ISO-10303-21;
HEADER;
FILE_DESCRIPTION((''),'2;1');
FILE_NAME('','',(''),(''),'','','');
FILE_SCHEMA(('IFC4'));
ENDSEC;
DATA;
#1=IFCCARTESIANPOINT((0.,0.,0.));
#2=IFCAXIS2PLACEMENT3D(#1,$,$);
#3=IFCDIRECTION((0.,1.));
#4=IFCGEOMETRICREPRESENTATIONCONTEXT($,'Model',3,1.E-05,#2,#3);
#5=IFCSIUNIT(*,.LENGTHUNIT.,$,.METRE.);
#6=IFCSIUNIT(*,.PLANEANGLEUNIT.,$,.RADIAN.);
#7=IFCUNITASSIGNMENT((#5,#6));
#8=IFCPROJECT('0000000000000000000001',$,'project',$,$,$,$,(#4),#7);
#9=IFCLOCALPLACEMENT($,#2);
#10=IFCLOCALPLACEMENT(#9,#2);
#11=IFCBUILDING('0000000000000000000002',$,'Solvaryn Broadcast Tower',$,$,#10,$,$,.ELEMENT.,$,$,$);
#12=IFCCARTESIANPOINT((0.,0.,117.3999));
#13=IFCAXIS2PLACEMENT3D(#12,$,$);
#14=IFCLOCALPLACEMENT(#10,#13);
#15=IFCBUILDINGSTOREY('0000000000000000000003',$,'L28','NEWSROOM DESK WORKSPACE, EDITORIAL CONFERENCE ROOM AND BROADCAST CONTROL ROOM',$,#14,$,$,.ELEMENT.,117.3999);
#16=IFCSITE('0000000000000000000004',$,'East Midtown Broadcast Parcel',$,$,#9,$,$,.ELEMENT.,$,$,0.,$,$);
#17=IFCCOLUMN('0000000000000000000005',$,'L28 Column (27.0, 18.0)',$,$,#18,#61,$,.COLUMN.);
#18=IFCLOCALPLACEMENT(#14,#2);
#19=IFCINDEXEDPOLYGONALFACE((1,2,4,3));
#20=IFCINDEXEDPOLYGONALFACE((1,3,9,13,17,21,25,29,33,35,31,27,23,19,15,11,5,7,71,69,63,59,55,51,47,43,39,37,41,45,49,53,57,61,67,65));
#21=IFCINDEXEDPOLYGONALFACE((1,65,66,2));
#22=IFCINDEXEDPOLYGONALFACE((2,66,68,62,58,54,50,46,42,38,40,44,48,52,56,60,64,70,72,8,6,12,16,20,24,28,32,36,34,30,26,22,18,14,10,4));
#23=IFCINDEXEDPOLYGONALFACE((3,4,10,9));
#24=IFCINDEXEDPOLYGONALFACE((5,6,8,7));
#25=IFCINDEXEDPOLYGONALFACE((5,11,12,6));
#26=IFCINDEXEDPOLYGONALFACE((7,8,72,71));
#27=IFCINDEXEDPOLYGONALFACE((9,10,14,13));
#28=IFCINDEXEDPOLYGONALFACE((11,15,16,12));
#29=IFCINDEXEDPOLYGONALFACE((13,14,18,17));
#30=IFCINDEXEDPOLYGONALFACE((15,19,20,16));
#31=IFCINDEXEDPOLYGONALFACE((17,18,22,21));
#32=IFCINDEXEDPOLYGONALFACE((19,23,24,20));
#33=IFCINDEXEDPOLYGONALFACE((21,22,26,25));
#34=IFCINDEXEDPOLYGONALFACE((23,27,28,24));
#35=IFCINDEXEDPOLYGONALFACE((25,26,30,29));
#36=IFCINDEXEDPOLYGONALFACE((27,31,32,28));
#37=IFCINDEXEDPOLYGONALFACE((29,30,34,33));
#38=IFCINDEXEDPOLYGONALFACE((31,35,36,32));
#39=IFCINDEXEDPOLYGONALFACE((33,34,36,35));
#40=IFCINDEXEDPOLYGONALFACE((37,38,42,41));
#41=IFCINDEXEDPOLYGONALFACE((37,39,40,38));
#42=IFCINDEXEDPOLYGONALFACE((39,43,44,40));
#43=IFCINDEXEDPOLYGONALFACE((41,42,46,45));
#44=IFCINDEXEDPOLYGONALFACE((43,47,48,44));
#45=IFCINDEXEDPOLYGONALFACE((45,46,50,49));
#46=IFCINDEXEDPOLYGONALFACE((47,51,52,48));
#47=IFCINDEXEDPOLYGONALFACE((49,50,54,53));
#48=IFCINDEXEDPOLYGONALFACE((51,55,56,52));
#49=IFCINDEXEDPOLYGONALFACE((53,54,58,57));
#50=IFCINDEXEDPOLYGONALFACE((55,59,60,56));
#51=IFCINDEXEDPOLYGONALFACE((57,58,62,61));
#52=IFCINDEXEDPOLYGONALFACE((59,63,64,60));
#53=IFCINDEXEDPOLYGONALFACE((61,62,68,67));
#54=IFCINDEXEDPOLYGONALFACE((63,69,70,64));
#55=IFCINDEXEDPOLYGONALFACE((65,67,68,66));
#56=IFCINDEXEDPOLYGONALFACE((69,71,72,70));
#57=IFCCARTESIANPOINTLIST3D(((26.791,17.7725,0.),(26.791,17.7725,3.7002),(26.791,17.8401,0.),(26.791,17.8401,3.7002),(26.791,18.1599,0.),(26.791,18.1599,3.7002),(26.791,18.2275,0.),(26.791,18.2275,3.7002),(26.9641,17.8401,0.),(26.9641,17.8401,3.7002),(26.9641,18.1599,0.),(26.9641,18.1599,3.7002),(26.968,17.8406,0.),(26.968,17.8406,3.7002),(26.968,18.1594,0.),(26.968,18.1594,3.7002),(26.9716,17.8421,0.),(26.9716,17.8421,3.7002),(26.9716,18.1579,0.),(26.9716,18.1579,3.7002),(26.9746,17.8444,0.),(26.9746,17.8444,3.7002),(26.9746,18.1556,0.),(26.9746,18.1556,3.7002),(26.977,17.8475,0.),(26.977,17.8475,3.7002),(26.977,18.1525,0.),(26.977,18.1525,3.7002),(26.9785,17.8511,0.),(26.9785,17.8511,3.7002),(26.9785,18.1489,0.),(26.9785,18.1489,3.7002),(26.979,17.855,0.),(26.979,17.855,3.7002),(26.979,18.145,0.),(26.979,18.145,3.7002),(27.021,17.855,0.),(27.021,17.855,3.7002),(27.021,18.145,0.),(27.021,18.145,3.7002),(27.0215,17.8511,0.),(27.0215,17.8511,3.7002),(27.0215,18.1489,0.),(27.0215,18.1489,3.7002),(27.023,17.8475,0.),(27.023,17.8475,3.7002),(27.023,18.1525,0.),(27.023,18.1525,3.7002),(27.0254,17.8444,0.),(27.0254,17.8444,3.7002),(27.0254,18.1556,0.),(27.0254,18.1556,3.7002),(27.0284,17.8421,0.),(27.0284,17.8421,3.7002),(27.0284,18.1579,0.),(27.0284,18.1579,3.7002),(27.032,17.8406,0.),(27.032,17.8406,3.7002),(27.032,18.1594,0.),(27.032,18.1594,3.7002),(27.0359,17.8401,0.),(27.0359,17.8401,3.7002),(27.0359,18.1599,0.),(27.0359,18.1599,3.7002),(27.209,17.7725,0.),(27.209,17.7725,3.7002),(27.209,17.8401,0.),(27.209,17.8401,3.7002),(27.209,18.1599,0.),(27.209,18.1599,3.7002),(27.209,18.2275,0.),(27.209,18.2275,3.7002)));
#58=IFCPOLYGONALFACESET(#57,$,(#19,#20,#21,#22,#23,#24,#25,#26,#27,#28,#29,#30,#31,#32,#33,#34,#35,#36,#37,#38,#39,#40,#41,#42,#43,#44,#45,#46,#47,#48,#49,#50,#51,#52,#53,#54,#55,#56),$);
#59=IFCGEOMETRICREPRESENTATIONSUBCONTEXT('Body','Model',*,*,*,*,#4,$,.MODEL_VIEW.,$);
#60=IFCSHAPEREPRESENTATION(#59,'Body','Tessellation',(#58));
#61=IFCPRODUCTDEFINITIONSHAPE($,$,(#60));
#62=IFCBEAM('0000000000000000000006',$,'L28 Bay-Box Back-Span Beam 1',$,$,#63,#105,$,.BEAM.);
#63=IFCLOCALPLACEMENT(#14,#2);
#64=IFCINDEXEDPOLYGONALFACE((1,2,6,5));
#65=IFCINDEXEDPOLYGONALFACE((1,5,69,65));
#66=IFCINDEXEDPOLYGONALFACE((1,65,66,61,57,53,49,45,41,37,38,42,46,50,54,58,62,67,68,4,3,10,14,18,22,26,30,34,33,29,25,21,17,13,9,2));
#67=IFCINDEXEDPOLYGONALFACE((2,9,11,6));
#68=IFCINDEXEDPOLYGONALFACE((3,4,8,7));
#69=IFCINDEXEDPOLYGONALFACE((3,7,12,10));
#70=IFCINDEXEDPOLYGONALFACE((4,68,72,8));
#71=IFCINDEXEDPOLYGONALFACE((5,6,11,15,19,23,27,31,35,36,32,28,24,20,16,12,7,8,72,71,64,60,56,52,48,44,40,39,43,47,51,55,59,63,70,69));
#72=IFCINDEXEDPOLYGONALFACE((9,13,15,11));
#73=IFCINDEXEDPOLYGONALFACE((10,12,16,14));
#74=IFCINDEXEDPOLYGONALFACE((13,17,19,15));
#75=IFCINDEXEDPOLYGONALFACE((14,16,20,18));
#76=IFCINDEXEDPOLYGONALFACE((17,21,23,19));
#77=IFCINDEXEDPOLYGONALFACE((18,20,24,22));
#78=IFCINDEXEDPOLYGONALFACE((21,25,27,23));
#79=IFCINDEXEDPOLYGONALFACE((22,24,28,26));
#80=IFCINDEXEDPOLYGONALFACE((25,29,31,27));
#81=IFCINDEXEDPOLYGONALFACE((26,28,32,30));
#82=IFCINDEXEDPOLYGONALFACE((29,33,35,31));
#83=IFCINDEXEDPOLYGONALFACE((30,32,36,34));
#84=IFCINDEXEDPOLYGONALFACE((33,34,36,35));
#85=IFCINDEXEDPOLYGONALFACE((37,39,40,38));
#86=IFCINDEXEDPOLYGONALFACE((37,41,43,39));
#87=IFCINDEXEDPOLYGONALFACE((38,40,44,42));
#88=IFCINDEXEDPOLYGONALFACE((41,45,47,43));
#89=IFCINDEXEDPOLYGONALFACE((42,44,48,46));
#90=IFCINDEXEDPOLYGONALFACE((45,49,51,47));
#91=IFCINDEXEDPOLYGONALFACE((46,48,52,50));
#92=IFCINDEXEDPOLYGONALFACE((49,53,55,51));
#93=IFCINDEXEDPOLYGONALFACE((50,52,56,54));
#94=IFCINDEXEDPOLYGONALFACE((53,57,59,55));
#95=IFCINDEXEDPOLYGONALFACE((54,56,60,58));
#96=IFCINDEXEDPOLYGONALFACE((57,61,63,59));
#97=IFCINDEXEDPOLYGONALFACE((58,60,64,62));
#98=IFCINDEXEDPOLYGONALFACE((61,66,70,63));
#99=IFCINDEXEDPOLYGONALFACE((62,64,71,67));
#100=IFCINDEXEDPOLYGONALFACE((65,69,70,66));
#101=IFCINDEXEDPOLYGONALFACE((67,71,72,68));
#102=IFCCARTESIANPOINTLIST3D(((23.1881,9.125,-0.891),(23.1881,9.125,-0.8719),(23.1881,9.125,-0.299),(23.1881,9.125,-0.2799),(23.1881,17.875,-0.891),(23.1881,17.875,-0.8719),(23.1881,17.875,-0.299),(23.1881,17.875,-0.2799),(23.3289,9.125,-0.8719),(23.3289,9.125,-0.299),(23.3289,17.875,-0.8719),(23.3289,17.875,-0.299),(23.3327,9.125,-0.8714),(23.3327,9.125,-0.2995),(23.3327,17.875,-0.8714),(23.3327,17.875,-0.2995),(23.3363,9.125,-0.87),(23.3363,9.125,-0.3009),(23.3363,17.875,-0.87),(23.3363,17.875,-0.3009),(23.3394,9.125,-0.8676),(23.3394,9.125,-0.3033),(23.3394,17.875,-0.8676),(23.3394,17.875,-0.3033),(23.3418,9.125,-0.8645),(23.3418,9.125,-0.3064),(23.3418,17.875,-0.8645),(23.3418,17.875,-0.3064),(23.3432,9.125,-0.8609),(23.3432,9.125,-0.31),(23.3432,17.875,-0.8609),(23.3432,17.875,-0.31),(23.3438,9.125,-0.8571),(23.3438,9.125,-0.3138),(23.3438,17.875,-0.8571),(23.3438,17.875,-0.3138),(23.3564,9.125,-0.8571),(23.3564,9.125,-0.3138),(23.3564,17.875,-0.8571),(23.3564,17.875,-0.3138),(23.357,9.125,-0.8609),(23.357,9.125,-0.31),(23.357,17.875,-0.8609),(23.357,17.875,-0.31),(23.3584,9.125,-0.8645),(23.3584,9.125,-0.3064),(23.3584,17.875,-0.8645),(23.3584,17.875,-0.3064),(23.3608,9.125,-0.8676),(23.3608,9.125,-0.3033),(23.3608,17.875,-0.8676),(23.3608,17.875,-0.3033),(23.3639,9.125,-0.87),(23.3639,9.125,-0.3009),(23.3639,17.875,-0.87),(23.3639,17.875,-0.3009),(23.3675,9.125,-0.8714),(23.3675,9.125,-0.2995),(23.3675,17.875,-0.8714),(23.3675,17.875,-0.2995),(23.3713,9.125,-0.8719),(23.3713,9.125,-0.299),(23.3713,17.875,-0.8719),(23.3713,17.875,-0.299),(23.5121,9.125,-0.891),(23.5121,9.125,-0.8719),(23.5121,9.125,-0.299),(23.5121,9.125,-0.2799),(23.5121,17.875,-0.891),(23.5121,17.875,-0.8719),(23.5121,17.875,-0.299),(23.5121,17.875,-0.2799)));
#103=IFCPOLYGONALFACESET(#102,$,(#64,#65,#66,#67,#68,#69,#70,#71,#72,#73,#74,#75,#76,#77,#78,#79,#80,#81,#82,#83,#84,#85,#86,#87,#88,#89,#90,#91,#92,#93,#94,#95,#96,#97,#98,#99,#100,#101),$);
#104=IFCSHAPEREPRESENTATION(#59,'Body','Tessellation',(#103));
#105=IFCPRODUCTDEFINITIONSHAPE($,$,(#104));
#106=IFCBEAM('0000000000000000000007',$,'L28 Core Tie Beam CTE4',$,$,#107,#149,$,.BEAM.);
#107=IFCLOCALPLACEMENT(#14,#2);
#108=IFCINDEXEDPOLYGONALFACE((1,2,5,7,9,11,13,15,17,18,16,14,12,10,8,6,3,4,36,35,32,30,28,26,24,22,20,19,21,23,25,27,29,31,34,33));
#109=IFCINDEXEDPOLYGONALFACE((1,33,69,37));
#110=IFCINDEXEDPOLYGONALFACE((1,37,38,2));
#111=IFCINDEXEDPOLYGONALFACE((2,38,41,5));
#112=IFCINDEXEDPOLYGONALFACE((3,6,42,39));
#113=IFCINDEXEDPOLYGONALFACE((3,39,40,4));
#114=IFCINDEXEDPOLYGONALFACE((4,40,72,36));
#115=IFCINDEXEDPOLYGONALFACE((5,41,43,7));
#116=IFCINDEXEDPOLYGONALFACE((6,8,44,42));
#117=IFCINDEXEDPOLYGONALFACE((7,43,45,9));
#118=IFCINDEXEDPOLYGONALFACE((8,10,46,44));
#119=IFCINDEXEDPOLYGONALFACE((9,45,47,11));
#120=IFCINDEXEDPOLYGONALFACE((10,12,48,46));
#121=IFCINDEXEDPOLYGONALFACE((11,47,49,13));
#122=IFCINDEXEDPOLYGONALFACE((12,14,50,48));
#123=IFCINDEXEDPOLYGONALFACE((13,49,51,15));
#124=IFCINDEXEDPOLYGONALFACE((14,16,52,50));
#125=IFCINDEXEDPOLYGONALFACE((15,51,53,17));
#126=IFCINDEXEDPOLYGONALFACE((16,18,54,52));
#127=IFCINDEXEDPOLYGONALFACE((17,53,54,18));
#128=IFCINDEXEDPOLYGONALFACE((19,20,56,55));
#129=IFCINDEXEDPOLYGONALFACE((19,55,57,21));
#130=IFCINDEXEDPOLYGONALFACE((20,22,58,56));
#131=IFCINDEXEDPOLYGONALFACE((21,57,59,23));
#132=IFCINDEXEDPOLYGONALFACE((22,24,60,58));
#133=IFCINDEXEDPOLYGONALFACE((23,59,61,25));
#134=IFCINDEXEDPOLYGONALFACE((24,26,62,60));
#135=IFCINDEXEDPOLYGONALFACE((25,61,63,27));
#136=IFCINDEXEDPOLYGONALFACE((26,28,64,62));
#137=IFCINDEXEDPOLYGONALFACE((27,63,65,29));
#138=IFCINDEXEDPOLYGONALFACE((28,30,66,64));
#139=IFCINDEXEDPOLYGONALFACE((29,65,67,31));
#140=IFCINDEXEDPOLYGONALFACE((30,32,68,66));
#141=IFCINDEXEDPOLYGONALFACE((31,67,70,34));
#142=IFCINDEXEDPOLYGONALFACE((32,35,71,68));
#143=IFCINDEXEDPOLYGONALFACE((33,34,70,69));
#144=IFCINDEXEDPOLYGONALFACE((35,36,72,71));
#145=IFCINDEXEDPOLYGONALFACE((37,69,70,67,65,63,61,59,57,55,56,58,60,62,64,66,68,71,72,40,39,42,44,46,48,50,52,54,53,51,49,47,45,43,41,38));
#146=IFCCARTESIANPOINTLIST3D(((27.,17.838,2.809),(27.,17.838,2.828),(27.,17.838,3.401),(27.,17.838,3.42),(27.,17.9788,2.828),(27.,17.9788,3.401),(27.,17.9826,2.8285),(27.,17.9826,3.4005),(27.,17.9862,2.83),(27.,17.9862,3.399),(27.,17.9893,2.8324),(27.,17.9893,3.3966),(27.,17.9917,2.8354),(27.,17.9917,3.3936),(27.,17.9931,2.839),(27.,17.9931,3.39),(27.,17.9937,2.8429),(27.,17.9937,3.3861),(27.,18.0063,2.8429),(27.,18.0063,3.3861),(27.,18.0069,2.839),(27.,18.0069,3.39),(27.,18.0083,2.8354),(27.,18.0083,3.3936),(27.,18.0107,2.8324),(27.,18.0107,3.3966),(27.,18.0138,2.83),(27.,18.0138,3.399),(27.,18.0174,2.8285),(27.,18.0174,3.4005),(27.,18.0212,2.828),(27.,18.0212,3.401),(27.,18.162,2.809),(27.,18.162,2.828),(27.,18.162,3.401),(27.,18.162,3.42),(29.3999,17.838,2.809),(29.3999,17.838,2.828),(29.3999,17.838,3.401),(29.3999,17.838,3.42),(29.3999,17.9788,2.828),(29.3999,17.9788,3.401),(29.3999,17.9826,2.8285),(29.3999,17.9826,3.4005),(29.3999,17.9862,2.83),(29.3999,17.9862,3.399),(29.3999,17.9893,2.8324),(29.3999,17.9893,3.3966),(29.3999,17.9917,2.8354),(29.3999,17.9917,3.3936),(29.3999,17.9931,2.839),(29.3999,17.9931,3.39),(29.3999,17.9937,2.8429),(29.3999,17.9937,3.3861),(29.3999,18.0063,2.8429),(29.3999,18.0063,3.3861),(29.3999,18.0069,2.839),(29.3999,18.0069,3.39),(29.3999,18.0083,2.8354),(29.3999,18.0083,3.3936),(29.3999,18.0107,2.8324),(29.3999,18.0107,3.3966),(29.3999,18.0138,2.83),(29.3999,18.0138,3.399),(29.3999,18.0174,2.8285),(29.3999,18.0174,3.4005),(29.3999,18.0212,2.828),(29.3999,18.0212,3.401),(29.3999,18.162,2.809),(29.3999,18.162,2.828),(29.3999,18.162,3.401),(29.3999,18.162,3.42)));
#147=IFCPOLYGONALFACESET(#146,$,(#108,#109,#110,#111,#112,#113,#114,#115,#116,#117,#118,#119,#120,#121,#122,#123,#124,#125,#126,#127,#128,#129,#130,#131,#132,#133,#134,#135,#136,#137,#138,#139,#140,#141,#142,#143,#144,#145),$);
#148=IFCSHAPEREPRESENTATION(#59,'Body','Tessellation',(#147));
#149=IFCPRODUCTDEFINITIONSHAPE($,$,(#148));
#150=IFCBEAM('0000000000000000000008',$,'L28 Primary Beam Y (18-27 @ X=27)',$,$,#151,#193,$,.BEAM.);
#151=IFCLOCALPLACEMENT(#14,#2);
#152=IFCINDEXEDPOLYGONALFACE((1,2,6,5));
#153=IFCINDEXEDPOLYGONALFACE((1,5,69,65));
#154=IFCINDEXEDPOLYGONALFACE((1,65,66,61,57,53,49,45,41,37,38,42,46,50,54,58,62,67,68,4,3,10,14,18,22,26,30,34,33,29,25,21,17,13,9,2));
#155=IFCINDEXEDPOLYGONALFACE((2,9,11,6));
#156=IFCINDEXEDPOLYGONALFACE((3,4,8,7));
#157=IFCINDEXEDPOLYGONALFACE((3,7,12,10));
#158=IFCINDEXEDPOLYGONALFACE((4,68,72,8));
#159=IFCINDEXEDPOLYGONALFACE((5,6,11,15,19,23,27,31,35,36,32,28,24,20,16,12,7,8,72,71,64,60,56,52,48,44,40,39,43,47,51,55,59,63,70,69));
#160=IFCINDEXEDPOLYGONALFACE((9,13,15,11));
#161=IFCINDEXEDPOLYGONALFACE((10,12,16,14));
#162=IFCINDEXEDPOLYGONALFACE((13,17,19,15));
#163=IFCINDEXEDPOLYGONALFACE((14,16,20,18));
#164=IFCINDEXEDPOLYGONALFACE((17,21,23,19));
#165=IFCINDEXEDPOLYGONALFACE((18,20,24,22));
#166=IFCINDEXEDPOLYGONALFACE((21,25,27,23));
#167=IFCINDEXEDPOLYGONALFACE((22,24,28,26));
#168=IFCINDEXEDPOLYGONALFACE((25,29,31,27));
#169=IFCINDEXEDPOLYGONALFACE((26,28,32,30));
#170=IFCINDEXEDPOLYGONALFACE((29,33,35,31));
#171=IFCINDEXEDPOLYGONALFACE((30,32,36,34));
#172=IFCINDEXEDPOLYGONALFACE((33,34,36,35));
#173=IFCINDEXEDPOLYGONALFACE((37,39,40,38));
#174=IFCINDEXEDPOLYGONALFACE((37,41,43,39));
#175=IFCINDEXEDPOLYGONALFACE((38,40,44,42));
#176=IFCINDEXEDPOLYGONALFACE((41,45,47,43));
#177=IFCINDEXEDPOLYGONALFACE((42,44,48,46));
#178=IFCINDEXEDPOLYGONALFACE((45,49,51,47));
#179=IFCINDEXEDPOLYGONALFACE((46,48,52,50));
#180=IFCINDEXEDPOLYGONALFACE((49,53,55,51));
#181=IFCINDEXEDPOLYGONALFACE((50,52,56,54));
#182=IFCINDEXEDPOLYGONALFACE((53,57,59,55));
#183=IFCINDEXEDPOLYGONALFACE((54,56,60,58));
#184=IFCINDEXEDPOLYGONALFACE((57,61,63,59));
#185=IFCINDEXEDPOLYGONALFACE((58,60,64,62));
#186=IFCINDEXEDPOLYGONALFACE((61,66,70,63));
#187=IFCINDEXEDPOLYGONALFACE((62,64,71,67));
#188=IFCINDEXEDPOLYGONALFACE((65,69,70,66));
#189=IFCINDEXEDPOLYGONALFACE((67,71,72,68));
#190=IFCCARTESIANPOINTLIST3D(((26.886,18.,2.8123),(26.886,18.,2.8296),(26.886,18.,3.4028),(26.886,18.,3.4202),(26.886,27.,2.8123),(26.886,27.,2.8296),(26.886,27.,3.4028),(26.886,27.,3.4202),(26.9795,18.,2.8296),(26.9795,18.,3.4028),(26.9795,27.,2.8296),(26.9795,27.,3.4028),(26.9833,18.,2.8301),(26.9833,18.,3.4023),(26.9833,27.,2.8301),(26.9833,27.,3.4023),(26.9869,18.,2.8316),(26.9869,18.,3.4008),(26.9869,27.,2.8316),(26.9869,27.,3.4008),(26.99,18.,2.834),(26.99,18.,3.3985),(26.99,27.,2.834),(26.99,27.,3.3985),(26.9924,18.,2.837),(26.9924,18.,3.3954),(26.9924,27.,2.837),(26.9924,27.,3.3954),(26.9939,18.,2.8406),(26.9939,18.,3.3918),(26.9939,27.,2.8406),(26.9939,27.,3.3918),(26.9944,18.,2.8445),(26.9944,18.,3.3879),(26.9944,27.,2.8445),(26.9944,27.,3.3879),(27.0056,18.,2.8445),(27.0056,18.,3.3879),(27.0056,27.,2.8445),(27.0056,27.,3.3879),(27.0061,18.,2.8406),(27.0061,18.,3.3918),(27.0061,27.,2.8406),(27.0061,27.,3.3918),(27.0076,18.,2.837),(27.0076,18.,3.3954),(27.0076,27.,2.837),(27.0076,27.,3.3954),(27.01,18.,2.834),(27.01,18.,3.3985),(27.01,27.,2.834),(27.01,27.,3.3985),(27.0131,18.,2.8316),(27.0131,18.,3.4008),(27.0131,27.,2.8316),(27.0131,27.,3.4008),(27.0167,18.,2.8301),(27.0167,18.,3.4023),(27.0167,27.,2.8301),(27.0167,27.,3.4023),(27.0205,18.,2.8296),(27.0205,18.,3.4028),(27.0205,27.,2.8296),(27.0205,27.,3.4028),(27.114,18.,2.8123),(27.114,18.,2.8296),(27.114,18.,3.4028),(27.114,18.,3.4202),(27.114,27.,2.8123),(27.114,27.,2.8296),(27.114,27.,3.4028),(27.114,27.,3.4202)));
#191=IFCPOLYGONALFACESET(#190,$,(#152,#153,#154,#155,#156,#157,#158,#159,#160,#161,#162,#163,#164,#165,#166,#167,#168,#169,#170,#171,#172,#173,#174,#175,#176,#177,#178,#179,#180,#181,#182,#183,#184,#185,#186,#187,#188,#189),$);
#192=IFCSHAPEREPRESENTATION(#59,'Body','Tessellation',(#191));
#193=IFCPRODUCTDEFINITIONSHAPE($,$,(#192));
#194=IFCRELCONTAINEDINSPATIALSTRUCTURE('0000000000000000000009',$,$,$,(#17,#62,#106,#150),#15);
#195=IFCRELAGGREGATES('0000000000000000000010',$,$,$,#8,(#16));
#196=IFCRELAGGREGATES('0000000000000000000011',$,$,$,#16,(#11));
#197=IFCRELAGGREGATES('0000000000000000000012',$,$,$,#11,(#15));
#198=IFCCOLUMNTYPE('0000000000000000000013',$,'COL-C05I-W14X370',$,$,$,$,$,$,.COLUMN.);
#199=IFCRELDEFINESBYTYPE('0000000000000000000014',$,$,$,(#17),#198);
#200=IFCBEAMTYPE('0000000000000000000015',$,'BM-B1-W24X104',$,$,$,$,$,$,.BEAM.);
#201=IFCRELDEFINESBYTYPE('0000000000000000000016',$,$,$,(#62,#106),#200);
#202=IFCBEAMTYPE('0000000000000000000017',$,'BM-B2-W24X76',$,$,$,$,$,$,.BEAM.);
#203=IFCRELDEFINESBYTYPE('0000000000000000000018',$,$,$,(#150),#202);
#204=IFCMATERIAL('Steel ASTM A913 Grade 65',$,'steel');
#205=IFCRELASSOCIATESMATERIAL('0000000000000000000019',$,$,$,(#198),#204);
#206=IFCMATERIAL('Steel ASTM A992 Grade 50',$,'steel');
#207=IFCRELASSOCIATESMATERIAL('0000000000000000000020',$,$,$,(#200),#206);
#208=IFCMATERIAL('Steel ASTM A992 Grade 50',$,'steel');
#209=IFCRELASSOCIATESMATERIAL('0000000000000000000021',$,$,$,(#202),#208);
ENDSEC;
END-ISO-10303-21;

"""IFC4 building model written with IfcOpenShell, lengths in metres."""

from ifc_helpers import new_model, si_unit, direction, frame, origin, origin_2d, place, context, subcontext, project, spatial, i_section, extrude, material, material_profile, profile_set, type_object, element, save


model = new_model("IFC4")

# Units and contexts
model_context = context("Model", 3, precision=1e-05, world=origin(), true_north=direction((0.0, 1.0)))
body_context = subcontext(model_context, "Body", "Model", "MODEL_VIEW")
ifc_project = project(units=[si_unit("LENGTHUNIT", "METRE"), si_unit("PLANEANGLEUNIT", "RADIAN")], contexts=[model_context])

# Site, building, storey
site_placement = place(None, origin())
site = spatial("IfcSite", under=ifc_project, at=site_placement, Name="East Midtown Broadcast Parcel", CompositionType="ELEMENT", RefElevation=0.0)
building_placement = place(site_placement, origin())
building = spatial("IfcBuilding", under=site, at=building_placement, Name="Solvaryn Broadcast Tower", CompositionType="ELEMENT")
storey_placement = place(building_placement, frame((0.0, 0.0, 117.3999)))
storey = spatial("IfcBuildingStorey", under=building, at=storey_placement, Name="L28", Description="NEWSROOM DESK WORKSPACE, EDITORIAL CONFERENCE ROOM AND BROADCAST CONTROL ROOM", CompositionType="ELEMENT", Elevation=117.3999)

# Column
ifc_material_1 = material(Name="Steel ASTM A913 Grade 65", Category="steel")
ifc_material_profile_1 = material_profile(ifc_material_1, i_section(OverallWidth=0.418, OverallDepth=0.4551, WebThickness=0.042, FlangeThickness=0.0676, FilletRadius=0.0149, at=origin_2d()))
ifc_profile_set_1 = profile_set([ifc_material_profile_1], Name="Steel ASTM A913 Grade 65")
column_type = type_object("IfcColumnType", Name="COL-C05I-W14X370", PredefinedType="COLUMN", material=ifc_profile_set_1)
column_placement = place(storey_placement, frame((27.0, 18.0, 0.0), z_axis=(0.0, 0.0, 1.0), x_axis=(1.0, 0.0, 0.0)))
element("IfcColumn", 1, at=column_placement, inside=storey, type_object=column_type, Name="L28 Column (27.0, 18.0)", PredefinedType="COLUMN", context=body_context, shape_type="SweptSolid", body=[
    extrude(i_section(OverallWidth=0.418, OverallDepth=0.4551, WebThickness=0.042, FlangeThickness=0.0676, FilletRadius=0.0149, at=origin_2d()), origin(), (0.0, 0.0, 1.0), 3.7002),
])

# Beams
ifc_material_2 = material(Name="Steel ASTM A992 Grade 50", Category="steel")
ifc_material_profile_2 = material_profile(ifc_material_2, i_section(OverallWidth=0.324, OverallDepth=0.6111, WebThickness=0.0127, FlangeThickness=0.019, FilletRadius=0.0149, at=origin_2d()))
ifc_profile_set_2 = profile_set([ifc_material_profile_2], Name="Steel ASTM A992 Grade 50")
beam_type_1 = type_object("IfcBeamType", Name="BM-B1-W24X104", PredefinedType="BEAM", material=ifc_profile_set_2)
beam_1_placement = place(storey_placement, frame((23.3501, 17.875, -0.5854), z_axis=(0.0, -1.0, 0.0), x_axis=(1.0, 0.0, 0.0)))
element("IfcBeam", 2, at=beam_1_placement, inside=storey, type_object=beam_type_1, Name="L28 Bay-Box Back-Span Beam 1", PredefinedType="BEAM", context=body_context, shape_type="SweptSolid", body=[
    extrude(i_section(OverallWidth=0.324, OverallDepth=0.6111, WebThickness=0.0127, FlangeThickness=0.019, FilletRadius=0.0149, at=origin_2d()), origin(), (0.0, 0.0, 1.0), 8.75),
])
beam_2_placement = place(storey_placement, frame((27.0, 18.0, 3.1145), z_axis=(1.0, 0.0, 0.0), x_axis=(0.0, 1.0, 0.0)))
element("IfcBeam", 3, at=beam_2_placement, inside=storey, type_object=beam_type_1, Name="L28 Core Tie Beam CTE4", PredefinedType="BEAM", context=body_context, shape_type="SweptSolid", body=[
    extrude(i_section(OverallWidth=0.324, OverallDepth=0.6111, WebThickness=0.0127, FlangeThickness=0.019, FilletRadius=0.0149, at=origin_2d()), origin(), (0.0, 0.0, 1.0), 2.3999),
])
ifc_material_3 = material(Name="Steel ASTM A992 Grade 50", Category="steel")
ifc_material_profile_3 = material_profile(ifc_material_3, i_section(OverallWidth=0.228, OverallDepth=0.6079, WebThickness=0.0112, FlangeThickness=0.0173, FilletRadius=0.0149, at=origin_2d()))
ifc_profile_set_3 = profile_set([ifc_material_profile_3], Name="Steel ASTM A992 Grade 50")
beam_type_2 = type_object("IfcBeamType", Name="BM-B2-W24X76", PredefinedType="BEAM", material=ifc_profile_set_3)
beam_3_placement = place(storey_placement, frame((27.0, 18.0, 3.1162), z_axis=(0.0, 1.0, 0.0), x_axis=(-1.0, 0.0, 0.0)))
element("IfcBeam", 4, at=beam_3_placement, inside=storey, type_object=beam_type_2, Name="L28 Primary Beam Y (18-27 @ X=27)", PredefinedType="BEAM", context=body_context, shape_type="SweptSolid", body=[
    extrude(i_section(OverallWidth=0.228, OverallDepth=0.6079, WebThickness=0.0112, FlangeThickness=0.0173, FilletRadius=0.0149, at=origin_2d()), origin(), (0.0, 0.0, 1.0), 9.0),
])

save(model, "model.ifc")
